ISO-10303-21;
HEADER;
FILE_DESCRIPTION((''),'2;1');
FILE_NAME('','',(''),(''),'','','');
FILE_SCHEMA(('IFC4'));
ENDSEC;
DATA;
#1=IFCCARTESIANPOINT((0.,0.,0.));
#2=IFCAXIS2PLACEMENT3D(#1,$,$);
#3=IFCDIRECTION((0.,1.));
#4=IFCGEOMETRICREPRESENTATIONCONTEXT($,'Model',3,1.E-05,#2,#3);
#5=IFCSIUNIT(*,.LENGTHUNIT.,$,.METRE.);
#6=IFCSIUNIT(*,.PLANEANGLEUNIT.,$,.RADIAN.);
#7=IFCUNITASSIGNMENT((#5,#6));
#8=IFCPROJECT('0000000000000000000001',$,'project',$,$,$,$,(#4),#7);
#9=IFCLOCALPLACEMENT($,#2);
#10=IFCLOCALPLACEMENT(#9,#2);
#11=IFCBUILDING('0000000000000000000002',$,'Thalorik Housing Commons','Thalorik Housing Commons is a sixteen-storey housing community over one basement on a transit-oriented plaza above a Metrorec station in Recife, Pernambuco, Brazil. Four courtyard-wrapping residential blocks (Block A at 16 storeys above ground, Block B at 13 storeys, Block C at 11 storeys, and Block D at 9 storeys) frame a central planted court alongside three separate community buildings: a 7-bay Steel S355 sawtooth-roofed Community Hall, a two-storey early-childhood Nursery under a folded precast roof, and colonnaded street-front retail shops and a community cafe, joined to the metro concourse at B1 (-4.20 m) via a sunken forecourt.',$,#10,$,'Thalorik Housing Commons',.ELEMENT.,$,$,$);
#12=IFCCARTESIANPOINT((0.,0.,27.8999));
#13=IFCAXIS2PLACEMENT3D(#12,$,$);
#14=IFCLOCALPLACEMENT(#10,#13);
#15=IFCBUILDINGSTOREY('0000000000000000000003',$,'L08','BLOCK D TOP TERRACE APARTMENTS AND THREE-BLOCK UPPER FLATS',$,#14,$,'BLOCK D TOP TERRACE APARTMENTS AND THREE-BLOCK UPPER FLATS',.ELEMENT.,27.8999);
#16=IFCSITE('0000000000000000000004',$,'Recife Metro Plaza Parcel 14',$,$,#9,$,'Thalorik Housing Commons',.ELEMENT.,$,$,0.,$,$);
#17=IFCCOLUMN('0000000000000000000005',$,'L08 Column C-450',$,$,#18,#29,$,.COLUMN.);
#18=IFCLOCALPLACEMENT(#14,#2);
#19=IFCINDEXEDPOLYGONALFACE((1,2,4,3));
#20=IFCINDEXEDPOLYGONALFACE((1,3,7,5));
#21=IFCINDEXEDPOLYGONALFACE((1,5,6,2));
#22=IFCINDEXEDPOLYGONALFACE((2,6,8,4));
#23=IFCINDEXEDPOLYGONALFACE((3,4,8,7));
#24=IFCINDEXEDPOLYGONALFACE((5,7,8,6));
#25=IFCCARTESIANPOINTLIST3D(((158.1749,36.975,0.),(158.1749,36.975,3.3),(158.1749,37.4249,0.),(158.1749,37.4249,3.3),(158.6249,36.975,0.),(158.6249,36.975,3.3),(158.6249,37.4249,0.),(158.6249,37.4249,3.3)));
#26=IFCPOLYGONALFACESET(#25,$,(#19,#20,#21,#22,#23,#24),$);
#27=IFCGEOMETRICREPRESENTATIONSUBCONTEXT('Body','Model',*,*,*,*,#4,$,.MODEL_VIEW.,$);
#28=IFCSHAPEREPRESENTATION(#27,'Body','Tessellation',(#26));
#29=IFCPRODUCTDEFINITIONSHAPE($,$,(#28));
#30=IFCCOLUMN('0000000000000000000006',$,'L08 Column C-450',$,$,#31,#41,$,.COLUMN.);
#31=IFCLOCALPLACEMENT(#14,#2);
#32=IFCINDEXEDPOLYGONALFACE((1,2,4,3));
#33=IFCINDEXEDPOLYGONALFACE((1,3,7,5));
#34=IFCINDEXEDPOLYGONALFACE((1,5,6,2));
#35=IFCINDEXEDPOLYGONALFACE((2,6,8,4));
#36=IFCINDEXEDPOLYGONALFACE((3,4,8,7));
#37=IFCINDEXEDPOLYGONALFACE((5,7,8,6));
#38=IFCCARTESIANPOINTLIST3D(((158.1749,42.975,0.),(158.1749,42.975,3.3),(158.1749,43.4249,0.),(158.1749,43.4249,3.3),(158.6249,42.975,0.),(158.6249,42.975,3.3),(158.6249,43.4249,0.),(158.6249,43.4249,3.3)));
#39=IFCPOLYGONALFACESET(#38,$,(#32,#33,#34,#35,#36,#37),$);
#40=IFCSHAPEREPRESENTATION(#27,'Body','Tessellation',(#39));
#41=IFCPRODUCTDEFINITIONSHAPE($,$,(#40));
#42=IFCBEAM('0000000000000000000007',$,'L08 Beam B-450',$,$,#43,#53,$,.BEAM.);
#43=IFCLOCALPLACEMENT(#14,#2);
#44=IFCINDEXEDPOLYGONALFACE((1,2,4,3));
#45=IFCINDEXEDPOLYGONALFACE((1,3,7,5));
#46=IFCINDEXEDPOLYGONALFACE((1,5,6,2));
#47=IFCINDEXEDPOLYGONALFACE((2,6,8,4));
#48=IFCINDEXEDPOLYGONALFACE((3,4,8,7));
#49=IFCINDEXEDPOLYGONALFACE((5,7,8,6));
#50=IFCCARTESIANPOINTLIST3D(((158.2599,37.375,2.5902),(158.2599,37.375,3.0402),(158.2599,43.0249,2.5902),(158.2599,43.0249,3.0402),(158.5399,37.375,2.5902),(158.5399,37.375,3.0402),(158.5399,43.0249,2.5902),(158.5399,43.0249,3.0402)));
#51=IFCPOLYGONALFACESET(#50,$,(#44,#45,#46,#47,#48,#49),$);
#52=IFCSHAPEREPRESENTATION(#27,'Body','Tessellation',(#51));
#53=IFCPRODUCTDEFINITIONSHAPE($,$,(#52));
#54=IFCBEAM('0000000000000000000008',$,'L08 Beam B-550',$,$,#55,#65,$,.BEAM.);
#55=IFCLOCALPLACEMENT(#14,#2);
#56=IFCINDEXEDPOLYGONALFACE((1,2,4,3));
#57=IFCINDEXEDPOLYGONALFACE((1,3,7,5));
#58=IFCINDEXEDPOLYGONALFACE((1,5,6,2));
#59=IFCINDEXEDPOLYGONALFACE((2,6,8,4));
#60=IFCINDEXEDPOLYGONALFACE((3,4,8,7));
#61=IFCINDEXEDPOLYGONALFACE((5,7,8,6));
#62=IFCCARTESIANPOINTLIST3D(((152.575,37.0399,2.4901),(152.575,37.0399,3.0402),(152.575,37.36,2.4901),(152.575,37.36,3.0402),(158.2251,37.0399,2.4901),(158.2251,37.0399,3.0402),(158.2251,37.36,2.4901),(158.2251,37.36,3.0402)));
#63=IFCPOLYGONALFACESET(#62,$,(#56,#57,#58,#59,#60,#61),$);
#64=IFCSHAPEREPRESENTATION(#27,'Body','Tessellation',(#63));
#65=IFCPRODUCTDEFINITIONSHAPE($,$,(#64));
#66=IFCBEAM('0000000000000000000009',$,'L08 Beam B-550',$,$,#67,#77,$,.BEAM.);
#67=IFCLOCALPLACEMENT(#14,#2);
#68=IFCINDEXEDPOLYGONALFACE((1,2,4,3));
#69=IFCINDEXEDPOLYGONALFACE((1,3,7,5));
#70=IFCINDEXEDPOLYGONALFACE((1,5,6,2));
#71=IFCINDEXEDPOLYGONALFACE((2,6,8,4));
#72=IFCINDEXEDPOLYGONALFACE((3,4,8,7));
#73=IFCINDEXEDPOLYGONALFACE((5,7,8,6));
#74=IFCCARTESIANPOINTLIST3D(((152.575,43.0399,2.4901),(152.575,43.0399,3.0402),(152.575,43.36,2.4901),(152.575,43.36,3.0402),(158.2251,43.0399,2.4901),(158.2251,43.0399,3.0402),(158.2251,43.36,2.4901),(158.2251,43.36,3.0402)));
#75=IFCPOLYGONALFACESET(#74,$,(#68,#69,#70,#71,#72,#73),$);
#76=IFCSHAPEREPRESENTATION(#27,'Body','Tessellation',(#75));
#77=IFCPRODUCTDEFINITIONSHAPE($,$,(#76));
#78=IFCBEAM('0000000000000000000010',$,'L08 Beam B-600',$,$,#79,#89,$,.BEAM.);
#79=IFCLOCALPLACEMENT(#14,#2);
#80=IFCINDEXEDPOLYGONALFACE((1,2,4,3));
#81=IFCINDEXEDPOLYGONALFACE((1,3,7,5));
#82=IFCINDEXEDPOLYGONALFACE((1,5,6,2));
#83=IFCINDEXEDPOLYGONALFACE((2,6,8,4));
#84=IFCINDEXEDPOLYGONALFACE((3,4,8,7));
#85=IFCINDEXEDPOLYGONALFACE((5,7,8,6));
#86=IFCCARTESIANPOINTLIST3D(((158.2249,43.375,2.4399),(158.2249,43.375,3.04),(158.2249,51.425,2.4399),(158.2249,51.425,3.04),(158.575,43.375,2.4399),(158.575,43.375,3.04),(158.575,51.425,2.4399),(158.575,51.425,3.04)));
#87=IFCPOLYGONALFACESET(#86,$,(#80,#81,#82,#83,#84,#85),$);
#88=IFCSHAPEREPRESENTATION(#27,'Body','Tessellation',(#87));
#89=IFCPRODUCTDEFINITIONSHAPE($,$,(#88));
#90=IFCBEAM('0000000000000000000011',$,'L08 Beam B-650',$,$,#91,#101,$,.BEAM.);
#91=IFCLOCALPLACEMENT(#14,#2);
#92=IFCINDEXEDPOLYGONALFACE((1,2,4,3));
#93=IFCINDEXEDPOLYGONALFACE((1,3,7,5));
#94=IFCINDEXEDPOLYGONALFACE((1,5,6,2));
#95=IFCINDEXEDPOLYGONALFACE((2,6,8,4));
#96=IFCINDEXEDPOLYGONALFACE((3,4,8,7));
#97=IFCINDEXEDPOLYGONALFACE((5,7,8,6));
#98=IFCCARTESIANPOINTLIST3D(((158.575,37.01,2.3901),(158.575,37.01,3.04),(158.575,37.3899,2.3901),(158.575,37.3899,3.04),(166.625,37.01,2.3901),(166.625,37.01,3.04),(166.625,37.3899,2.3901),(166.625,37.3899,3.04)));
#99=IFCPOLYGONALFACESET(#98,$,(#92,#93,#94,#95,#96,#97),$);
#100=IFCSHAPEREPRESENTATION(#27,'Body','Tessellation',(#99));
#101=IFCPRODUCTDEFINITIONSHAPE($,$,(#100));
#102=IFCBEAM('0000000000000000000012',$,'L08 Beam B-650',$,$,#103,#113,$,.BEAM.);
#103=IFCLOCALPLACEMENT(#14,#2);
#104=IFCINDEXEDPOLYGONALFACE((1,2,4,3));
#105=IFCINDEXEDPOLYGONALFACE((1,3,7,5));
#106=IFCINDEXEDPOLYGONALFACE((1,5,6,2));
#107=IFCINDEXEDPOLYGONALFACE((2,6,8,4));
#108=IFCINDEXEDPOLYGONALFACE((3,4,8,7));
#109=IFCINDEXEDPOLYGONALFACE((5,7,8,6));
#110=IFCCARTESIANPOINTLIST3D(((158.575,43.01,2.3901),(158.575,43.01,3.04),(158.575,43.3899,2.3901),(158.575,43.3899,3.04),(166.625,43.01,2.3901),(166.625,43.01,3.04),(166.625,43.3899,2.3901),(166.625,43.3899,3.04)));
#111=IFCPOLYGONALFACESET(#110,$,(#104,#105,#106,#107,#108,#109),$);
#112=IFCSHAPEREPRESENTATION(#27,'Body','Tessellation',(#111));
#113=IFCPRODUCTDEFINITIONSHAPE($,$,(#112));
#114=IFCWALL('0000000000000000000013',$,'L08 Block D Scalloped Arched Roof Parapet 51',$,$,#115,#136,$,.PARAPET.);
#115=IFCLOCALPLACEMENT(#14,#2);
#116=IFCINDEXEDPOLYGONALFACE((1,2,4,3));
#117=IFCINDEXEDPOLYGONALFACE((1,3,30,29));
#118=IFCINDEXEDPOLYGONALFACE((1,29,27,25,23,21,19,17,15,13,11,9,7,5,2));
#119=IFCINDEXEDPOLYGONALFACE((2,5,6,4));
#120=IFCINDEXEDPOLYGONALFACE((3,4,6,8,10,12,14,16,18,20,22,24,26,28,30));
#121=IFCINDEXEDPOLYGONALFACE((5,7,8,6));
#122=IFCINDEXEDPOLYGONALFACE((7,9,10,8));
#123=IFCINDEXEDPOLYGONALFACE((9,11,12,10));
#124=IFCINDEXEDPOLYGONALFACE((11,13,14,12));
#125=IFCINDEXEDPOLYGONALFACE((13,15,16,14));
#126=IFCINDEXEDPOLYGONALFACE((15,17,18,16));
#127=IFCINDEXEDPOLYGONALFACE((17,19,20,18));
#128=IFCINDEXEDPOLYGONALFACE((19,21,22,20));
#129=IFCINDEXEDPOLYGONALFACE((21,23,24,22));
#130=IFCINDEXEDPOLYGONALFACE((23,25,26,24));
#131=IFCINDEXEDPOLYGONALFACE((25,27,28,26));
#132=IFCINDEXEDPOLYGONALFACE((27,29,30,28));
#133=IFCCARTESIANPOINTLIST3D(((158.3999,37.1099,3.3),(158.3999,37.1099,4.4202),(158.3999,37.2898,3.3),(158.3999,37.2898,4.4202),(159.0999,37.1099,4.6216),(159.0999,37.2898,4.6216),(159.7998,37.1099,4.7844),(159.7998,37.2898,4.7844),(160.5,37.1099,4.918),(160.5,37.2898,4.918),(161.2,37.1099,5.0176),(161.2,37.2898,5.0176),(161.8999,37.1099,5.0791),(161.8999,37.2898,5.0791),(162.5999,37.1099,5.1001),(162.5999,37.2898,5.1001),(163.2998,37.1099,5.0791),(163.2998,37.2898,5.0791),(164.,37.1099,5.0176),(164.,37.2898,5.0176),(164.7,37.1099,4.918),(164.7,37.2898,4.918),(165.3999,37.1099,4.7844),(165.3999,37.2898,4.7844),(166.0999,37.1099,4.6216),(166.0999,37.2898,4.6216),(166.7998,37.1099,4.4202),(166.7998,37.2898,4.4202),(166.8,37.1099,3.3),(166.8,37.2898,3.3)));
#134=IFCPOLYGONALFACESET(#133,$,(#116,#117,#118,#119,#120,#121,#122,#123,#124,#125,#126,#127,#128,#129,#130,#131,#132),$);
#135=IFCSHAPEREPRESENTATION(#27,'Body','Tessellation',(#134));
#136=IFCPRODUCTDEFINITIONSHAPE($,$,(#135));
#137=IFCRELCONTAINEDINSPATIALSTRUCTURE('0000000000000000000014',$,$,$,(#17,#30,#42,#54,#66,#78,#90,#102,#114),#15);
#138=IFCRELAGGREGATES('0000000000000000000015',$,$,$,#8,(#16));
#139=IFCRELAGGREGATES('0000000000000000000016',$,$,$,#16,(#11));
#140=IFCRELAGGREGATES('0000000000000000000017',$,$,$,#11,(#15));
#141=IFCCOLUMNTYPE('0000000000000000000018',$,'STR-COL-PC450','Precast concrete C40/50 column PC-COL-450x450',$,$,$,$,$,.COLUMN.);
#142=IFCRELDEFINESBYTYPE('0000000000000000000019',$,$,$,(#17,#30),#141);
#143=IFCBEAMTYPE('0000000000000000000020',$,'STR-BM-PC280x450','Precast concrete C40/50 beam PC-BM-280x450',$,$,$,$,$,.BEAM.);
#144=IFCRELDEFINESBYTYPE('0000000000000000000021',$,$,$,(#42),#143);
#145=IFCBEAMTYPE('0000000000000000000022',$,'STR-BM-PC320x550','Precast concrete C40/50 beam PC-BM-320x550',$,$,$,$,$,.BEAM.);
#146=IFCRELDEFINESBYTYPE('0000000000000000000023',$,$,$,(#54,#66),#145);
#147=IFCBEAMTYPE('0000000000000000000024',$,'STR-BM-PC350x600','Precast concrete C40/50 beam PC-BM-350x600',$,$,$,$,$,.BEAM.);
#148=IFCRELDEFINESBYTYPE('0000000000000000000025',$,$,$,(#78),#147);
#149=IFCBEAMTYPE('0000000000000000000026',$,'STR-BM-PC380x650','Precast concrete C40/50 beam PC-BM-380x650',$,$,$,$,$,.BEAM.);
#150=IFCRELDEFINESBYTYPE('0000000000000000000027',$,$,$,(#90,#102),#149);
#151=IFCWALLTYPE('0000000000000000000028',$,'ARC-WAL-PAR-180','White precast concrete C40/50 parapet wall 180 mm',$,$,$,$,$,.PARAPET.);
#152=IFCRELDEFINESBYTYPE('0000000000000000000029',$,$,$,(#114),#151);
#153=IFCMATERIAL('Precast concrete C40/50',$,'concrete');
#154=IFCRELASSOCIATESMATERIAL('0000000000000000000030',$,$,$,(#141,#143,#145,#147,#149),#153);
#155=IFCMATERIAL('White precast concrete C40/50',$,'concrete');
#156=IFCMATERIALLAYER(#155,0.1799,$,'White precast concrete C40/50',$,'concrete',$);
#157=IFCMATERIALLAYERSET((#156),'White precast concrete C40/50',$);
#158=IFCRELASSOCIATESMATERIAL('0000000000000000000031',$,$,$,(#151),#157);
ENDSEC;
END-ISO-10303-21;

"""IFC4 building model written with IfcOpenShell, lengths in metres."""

from ifc_helpers import new_model, si_unit, direction, frame, origin, origin_2d, place, context, subcontext, project, spatial, polyline, rectangle, outline, extrude, material, layer, layer_set, material_profile, profile_set, type_object, element, save


model = new_model("IFC4")

# Units and contexts
model_context = context("Model", 3, precision=1e-05, world=origin(), true_north=direction((0.0, 1.0)))
body_context = subcontext(model_context, "Body", "Model", "MODEL_VIEW")
ifc_project = project(units=[si_unit("LENGTHUNIT", "METRE"), si_unit("PLANEANGLEUNIT", "RADIAN")], contexts=[model_context])

# Site, building, storey
site_placement = place(None, origin())
site = spatial("IfcSite", under=ifc_project, at=site_placement, Name="Recife Metro Plaza Parcel 14", LongName="Thalorik Housing Commons", CompositionType="ELEMENT", RefElevation=0.0)
building_placement = place(site_placement, origin())
building = spatial("IfcBuilding", under=site, at=building_placement, Name="Thalorik Housing Commons", Description="Thalorik Housing Commons is a sixteen-storey housing community over one basement on a transit-oriented plaza above a Metrorec station in Recife, Pernambuco, Brazil. Four courtyard-wrapping residential blocks (Block A at 16 storeys above ground, Block B at 13 storeys, Block C at 11 storeys, and Block D at 9 storeys) frame a central planted court alongside three separate community buildings: a 7-bay Steel S355 sawtooth-roofed Community Hall, a two-storey early-childhood Nursery under a folded precast roof, and colonnaded street-front retail shops and a community cafe, joined to the metro concourse at B1 (-4.20 m) via a sunken forecourt.", LongName="Thalorik Housing Commons", CompositionType="ELEMENT")
storey_placement = place(building_placement, frame((0.0, 0.0, 27.8999)))
storey = spatial("IfcBuildingStorey", under=building, at=storey_placement, Name="L08", Description="BLOCK D TOP TERRACE APARTMENTS AND THREE-BLOCK UPPER FLATS", LongName="BLOCK D TOP TERRACE APARTMENTS AND THREE-BLOCK UPPER FLATS", CompositionType="ELEMENT", Elevation=27.8999)

# Columns
ifc_material_1 = material(Name="Precast concrete C40/50", Category="concrete")
ifc_material_profile_1 = material_profile(ifc_material_1, rectangle(XDim=0.45, YDim=0.45, at=origin_2d()), Name="PC 450x450", Category="concrete")
ifc_profile_set_1 = profile_set([ifc_material_profile_1], Name="Precast concrete C40/50")
column_type = type_object("IfcColumnType", Name="STR-COL-PC450", Description="Precast concrete C40/50 column PC-COL-450x450", PredefinedType="COLUMN", material=ifc_profile_set_1)
for number, where, z_axis, x_axis, name in (
    (1, (158.3999, 37.2, 0.0), (0.0, 0.0, 1.0), (1.0, 0.0, 0.0), "L08 Column C-450"),
    (2, (158.3999, 43.2, 0.0), (0.0, 0.0, 1.0), (1.0, 0.0, 0.0), "L08 Column C-450"),
):
    element("IfcColumn", number, at=place(storey_placement, frame(where, z_axis=z_axis, x_axis=x_axis)), inside=storey, type_object=column_type, Name=name, PredefinedType="COLUMN", context=body_context, shape_type="SweptSolid", body=[
        extrude(rectangle(XDim=0.45, YDim=0.45, at=origin_2d()), origin(), (0.0, 0.0, 1.0), 3.3),
    ])

# Beams
ifc_material_profile_2 = material_profile(ifc_material_1, rectangle(XDim=0.28, YDim=0.45, at=origin_2d()), Name="PC 280x450", Category="concrete")
ifc_profile_set_2 = profile_set([ifc_material_profile_2], Name="Precast concrete C40/50")
beam_type_1 = type_object("IfcBeamType", Name="STR-BM-PC280x450", Description="Precast concrete C40/50 beam PC-BM-280x450", PredefinedType="BEAM", material=ifc_profile_set_2)
beam_1_placement = place(storey_placement, frame((158.3999, 37.375, 2.8152), z_axis=(0.0, 1.0, 0.0), x_axis=(-1.0, 0.0, 0.0)))
element("IfcBeam", 3, at=beam_1_placement, inside=storey, type_object=beam_type_1, Name="L08 Beam B-450", PredefinedType="BEAM", context=body_context, shape_type="SweptSolid", body=[
    extrude(rectangle(XDim=0.28, YDim=0.45, at=origin_2d()), origin(), (0.0, 0.0, 1.0), 5.6499),
])
ifc_material_profile_3 = material_profile(ifc_material_1, rectangle(XDim=0.3201, YDim=0.55, at=origin_2d()), Name="PC 320x550", Category="concrete")
ifc_profile_set_3 = profile_set([ifc_material_profile_3], Name="Precast concrete C40/50")
beam_type_2 = type_object("IfcBeamType", Name="STR-BM-PC320x550", Description="Precast concrete C40/50 beam PC-BM-320x550", PredefinedType="BEAM", material=ifc_profile_set_3)
for number, where, z_axis, x_axis, name in (
    (4, (152.575, 37.2, 2.7651), (1.0, 0.0, 0.0), (0.0, 1.0, 0.0), "L08 Beam B-550"),
    (5, (152.575, 43.2, 2.7651), (1.0, 0.0, 0.0), (0.0, 1.0, 0.0), "L08 Beam B-550"),
):
    element("IfcBeam", number, at=place(storey_placement, frame(where, z_axis=z_axis, x_axis=x_axis)), inside=storey, type_object=beam_type_2, Name=name, PredefinedType="BEAM", context=body_context, shape_type="SweptSolid", body=[
        extrude(rectangle(XDim=0.3201, YDim=0.55, at=origin_2d()), origin(), (0.0, 0.0, 1.0), 5.6501),
    ])
ifc_material_profile_4 = material_profile(ifc_material_1, rectangle(XDim=0.3501, YDim=0.6001, at=origin_2d()), Name="PC 350x600", Category="concrete")
ifc_profile_set_4 = profile_set([ifc_material_profile_4], Name="Precast concrete C40/50")
beam_type_3 = type_object("IfcBeamType", Name="STR-BM-PC350x600", Description="Precast concrete C40/50 beam PC-BM-350x600", PredefinedType="BEAM", material=ifc_profile_set_4)
beam_2_placement = place(storey_placement, frame((158.3999, 43.375, 2.74), z_axis=(0.0, 1.0, 0.0), x_axis=(-1.0, 0.0, 0.0)))
element("IfcBeam", 6, at=beam_2_placement, inside=storey, type_object=beam_type_3, Name="L08 Beam B-600", PredefinedType="BEAM", context=body_context, shape_type="SweptSolid", body=[
    extrude(rectangle(XDim=0.3501, YDim=0.6001, at=origin_2d()), origin(), (0.0, 0.0, 1.0), 8.05),
])
ifc_material_profile_5 = material_profile(ifc_material_1, rectangle(XDim=0.3799, YDim=0.6499, at=origin_2d()), Name="PC 380x650", Category="concrete")
ifc_profile_set_5 = profile_set([ifc_material_profile_5], Name="Precast concrete C40/50")
beam_type_4 = type_object("IfcBeamType", Name="STR-BM-PC380x650", Description="Precast concrete C40/50 beam PC-BM-380x650", PredefinedType="BEAM", material=ifc_profile_set_5)
for number, where, z_axis, x_axis, name in (
    (7, (158.575, 37.2, 2.7151), (1.0, 0.0, 0.0), (0.0, 1.0, 0.0), "L08 Beam B-650"),
    (8, (158.575, 43.2, 2.7151), (1.0, 0.0, 0.0), (0.0, 1.0, 0.0), "L08 Beam B-650"),
):
    element("IfcBeam", number, at=place(storey_placement, frame(where, z_axis=z_axis, x_axis=x_axis)), inside=storey, type_object=beam_type_4, Name=name, PredefinedType="BEAM", context=body_context, shape_type="SweptSolid", body=[
        extrude(rectangle(XDim=0.3799, YDim=0.6499, at=origin_2d()), origin(), (0.0, 0.0, 1.0), 8.05),
    ])

# Shared definitions
ifc_material_2 = material(Name="White precast concrete C40/50", Category="concrete")

# Wall
ifc_layer_1 = layer(ifc_material_2, 0.1799, Name="White precast concrete C40/50", Category="concrete")
ifc_layer_set_1 = layer_set([ifc_layer_1], Name="White precast concrete C40/50")
wall_type_1 = type_object("IfcWallType", Name="ARC-WAL-PAR-180", Description="White precast concrete C40/50 parapet wall 180 mm", PredefinedType="PARAPET", material=ifc_layer_set_1)
wall_1_placement = place(storey_placement, frame((158.3999, 37.2, 3.3), z_axis=(0.0, 0.0, 1.0), x_axis=(1.0, 0.0, 0.0)))
element("IfcWall", 9, at=wall_1_placement, inside=storey, type_object=wall_type_1, Name="L08 Block D Scalloped Arched Roof Parapet 51", PredefinedType="PARAPET", context=body_context, shape_type="SweptSolid", body=[
    extrude(outline(polyline([(0.0, 0.0), (8.4001, 0.0), (8.3999, 1.1201), (7.7, 1.3215), (7.0, 1.4844), (6.3, 1.6179), (5.6001, 1.7175), (4.8999, 1.7791), (4.2, 1.8), (3.5, 1.7791), (2.8, 1.7175), (2.1001, 1.6179), (1.3999, 1.4844), (0.7, 1.3215), (0.0, 1.1201), (0.0, 0.0)])), frame((0.0, 0.0898, 0.0), z_axis=(0.0, -1.0, 0.0), x_axis=(1.0, 0.0, 0.0)), (0.0, 0.0, 1.0), 0.1799),
])

save(model, "model.ifc")
